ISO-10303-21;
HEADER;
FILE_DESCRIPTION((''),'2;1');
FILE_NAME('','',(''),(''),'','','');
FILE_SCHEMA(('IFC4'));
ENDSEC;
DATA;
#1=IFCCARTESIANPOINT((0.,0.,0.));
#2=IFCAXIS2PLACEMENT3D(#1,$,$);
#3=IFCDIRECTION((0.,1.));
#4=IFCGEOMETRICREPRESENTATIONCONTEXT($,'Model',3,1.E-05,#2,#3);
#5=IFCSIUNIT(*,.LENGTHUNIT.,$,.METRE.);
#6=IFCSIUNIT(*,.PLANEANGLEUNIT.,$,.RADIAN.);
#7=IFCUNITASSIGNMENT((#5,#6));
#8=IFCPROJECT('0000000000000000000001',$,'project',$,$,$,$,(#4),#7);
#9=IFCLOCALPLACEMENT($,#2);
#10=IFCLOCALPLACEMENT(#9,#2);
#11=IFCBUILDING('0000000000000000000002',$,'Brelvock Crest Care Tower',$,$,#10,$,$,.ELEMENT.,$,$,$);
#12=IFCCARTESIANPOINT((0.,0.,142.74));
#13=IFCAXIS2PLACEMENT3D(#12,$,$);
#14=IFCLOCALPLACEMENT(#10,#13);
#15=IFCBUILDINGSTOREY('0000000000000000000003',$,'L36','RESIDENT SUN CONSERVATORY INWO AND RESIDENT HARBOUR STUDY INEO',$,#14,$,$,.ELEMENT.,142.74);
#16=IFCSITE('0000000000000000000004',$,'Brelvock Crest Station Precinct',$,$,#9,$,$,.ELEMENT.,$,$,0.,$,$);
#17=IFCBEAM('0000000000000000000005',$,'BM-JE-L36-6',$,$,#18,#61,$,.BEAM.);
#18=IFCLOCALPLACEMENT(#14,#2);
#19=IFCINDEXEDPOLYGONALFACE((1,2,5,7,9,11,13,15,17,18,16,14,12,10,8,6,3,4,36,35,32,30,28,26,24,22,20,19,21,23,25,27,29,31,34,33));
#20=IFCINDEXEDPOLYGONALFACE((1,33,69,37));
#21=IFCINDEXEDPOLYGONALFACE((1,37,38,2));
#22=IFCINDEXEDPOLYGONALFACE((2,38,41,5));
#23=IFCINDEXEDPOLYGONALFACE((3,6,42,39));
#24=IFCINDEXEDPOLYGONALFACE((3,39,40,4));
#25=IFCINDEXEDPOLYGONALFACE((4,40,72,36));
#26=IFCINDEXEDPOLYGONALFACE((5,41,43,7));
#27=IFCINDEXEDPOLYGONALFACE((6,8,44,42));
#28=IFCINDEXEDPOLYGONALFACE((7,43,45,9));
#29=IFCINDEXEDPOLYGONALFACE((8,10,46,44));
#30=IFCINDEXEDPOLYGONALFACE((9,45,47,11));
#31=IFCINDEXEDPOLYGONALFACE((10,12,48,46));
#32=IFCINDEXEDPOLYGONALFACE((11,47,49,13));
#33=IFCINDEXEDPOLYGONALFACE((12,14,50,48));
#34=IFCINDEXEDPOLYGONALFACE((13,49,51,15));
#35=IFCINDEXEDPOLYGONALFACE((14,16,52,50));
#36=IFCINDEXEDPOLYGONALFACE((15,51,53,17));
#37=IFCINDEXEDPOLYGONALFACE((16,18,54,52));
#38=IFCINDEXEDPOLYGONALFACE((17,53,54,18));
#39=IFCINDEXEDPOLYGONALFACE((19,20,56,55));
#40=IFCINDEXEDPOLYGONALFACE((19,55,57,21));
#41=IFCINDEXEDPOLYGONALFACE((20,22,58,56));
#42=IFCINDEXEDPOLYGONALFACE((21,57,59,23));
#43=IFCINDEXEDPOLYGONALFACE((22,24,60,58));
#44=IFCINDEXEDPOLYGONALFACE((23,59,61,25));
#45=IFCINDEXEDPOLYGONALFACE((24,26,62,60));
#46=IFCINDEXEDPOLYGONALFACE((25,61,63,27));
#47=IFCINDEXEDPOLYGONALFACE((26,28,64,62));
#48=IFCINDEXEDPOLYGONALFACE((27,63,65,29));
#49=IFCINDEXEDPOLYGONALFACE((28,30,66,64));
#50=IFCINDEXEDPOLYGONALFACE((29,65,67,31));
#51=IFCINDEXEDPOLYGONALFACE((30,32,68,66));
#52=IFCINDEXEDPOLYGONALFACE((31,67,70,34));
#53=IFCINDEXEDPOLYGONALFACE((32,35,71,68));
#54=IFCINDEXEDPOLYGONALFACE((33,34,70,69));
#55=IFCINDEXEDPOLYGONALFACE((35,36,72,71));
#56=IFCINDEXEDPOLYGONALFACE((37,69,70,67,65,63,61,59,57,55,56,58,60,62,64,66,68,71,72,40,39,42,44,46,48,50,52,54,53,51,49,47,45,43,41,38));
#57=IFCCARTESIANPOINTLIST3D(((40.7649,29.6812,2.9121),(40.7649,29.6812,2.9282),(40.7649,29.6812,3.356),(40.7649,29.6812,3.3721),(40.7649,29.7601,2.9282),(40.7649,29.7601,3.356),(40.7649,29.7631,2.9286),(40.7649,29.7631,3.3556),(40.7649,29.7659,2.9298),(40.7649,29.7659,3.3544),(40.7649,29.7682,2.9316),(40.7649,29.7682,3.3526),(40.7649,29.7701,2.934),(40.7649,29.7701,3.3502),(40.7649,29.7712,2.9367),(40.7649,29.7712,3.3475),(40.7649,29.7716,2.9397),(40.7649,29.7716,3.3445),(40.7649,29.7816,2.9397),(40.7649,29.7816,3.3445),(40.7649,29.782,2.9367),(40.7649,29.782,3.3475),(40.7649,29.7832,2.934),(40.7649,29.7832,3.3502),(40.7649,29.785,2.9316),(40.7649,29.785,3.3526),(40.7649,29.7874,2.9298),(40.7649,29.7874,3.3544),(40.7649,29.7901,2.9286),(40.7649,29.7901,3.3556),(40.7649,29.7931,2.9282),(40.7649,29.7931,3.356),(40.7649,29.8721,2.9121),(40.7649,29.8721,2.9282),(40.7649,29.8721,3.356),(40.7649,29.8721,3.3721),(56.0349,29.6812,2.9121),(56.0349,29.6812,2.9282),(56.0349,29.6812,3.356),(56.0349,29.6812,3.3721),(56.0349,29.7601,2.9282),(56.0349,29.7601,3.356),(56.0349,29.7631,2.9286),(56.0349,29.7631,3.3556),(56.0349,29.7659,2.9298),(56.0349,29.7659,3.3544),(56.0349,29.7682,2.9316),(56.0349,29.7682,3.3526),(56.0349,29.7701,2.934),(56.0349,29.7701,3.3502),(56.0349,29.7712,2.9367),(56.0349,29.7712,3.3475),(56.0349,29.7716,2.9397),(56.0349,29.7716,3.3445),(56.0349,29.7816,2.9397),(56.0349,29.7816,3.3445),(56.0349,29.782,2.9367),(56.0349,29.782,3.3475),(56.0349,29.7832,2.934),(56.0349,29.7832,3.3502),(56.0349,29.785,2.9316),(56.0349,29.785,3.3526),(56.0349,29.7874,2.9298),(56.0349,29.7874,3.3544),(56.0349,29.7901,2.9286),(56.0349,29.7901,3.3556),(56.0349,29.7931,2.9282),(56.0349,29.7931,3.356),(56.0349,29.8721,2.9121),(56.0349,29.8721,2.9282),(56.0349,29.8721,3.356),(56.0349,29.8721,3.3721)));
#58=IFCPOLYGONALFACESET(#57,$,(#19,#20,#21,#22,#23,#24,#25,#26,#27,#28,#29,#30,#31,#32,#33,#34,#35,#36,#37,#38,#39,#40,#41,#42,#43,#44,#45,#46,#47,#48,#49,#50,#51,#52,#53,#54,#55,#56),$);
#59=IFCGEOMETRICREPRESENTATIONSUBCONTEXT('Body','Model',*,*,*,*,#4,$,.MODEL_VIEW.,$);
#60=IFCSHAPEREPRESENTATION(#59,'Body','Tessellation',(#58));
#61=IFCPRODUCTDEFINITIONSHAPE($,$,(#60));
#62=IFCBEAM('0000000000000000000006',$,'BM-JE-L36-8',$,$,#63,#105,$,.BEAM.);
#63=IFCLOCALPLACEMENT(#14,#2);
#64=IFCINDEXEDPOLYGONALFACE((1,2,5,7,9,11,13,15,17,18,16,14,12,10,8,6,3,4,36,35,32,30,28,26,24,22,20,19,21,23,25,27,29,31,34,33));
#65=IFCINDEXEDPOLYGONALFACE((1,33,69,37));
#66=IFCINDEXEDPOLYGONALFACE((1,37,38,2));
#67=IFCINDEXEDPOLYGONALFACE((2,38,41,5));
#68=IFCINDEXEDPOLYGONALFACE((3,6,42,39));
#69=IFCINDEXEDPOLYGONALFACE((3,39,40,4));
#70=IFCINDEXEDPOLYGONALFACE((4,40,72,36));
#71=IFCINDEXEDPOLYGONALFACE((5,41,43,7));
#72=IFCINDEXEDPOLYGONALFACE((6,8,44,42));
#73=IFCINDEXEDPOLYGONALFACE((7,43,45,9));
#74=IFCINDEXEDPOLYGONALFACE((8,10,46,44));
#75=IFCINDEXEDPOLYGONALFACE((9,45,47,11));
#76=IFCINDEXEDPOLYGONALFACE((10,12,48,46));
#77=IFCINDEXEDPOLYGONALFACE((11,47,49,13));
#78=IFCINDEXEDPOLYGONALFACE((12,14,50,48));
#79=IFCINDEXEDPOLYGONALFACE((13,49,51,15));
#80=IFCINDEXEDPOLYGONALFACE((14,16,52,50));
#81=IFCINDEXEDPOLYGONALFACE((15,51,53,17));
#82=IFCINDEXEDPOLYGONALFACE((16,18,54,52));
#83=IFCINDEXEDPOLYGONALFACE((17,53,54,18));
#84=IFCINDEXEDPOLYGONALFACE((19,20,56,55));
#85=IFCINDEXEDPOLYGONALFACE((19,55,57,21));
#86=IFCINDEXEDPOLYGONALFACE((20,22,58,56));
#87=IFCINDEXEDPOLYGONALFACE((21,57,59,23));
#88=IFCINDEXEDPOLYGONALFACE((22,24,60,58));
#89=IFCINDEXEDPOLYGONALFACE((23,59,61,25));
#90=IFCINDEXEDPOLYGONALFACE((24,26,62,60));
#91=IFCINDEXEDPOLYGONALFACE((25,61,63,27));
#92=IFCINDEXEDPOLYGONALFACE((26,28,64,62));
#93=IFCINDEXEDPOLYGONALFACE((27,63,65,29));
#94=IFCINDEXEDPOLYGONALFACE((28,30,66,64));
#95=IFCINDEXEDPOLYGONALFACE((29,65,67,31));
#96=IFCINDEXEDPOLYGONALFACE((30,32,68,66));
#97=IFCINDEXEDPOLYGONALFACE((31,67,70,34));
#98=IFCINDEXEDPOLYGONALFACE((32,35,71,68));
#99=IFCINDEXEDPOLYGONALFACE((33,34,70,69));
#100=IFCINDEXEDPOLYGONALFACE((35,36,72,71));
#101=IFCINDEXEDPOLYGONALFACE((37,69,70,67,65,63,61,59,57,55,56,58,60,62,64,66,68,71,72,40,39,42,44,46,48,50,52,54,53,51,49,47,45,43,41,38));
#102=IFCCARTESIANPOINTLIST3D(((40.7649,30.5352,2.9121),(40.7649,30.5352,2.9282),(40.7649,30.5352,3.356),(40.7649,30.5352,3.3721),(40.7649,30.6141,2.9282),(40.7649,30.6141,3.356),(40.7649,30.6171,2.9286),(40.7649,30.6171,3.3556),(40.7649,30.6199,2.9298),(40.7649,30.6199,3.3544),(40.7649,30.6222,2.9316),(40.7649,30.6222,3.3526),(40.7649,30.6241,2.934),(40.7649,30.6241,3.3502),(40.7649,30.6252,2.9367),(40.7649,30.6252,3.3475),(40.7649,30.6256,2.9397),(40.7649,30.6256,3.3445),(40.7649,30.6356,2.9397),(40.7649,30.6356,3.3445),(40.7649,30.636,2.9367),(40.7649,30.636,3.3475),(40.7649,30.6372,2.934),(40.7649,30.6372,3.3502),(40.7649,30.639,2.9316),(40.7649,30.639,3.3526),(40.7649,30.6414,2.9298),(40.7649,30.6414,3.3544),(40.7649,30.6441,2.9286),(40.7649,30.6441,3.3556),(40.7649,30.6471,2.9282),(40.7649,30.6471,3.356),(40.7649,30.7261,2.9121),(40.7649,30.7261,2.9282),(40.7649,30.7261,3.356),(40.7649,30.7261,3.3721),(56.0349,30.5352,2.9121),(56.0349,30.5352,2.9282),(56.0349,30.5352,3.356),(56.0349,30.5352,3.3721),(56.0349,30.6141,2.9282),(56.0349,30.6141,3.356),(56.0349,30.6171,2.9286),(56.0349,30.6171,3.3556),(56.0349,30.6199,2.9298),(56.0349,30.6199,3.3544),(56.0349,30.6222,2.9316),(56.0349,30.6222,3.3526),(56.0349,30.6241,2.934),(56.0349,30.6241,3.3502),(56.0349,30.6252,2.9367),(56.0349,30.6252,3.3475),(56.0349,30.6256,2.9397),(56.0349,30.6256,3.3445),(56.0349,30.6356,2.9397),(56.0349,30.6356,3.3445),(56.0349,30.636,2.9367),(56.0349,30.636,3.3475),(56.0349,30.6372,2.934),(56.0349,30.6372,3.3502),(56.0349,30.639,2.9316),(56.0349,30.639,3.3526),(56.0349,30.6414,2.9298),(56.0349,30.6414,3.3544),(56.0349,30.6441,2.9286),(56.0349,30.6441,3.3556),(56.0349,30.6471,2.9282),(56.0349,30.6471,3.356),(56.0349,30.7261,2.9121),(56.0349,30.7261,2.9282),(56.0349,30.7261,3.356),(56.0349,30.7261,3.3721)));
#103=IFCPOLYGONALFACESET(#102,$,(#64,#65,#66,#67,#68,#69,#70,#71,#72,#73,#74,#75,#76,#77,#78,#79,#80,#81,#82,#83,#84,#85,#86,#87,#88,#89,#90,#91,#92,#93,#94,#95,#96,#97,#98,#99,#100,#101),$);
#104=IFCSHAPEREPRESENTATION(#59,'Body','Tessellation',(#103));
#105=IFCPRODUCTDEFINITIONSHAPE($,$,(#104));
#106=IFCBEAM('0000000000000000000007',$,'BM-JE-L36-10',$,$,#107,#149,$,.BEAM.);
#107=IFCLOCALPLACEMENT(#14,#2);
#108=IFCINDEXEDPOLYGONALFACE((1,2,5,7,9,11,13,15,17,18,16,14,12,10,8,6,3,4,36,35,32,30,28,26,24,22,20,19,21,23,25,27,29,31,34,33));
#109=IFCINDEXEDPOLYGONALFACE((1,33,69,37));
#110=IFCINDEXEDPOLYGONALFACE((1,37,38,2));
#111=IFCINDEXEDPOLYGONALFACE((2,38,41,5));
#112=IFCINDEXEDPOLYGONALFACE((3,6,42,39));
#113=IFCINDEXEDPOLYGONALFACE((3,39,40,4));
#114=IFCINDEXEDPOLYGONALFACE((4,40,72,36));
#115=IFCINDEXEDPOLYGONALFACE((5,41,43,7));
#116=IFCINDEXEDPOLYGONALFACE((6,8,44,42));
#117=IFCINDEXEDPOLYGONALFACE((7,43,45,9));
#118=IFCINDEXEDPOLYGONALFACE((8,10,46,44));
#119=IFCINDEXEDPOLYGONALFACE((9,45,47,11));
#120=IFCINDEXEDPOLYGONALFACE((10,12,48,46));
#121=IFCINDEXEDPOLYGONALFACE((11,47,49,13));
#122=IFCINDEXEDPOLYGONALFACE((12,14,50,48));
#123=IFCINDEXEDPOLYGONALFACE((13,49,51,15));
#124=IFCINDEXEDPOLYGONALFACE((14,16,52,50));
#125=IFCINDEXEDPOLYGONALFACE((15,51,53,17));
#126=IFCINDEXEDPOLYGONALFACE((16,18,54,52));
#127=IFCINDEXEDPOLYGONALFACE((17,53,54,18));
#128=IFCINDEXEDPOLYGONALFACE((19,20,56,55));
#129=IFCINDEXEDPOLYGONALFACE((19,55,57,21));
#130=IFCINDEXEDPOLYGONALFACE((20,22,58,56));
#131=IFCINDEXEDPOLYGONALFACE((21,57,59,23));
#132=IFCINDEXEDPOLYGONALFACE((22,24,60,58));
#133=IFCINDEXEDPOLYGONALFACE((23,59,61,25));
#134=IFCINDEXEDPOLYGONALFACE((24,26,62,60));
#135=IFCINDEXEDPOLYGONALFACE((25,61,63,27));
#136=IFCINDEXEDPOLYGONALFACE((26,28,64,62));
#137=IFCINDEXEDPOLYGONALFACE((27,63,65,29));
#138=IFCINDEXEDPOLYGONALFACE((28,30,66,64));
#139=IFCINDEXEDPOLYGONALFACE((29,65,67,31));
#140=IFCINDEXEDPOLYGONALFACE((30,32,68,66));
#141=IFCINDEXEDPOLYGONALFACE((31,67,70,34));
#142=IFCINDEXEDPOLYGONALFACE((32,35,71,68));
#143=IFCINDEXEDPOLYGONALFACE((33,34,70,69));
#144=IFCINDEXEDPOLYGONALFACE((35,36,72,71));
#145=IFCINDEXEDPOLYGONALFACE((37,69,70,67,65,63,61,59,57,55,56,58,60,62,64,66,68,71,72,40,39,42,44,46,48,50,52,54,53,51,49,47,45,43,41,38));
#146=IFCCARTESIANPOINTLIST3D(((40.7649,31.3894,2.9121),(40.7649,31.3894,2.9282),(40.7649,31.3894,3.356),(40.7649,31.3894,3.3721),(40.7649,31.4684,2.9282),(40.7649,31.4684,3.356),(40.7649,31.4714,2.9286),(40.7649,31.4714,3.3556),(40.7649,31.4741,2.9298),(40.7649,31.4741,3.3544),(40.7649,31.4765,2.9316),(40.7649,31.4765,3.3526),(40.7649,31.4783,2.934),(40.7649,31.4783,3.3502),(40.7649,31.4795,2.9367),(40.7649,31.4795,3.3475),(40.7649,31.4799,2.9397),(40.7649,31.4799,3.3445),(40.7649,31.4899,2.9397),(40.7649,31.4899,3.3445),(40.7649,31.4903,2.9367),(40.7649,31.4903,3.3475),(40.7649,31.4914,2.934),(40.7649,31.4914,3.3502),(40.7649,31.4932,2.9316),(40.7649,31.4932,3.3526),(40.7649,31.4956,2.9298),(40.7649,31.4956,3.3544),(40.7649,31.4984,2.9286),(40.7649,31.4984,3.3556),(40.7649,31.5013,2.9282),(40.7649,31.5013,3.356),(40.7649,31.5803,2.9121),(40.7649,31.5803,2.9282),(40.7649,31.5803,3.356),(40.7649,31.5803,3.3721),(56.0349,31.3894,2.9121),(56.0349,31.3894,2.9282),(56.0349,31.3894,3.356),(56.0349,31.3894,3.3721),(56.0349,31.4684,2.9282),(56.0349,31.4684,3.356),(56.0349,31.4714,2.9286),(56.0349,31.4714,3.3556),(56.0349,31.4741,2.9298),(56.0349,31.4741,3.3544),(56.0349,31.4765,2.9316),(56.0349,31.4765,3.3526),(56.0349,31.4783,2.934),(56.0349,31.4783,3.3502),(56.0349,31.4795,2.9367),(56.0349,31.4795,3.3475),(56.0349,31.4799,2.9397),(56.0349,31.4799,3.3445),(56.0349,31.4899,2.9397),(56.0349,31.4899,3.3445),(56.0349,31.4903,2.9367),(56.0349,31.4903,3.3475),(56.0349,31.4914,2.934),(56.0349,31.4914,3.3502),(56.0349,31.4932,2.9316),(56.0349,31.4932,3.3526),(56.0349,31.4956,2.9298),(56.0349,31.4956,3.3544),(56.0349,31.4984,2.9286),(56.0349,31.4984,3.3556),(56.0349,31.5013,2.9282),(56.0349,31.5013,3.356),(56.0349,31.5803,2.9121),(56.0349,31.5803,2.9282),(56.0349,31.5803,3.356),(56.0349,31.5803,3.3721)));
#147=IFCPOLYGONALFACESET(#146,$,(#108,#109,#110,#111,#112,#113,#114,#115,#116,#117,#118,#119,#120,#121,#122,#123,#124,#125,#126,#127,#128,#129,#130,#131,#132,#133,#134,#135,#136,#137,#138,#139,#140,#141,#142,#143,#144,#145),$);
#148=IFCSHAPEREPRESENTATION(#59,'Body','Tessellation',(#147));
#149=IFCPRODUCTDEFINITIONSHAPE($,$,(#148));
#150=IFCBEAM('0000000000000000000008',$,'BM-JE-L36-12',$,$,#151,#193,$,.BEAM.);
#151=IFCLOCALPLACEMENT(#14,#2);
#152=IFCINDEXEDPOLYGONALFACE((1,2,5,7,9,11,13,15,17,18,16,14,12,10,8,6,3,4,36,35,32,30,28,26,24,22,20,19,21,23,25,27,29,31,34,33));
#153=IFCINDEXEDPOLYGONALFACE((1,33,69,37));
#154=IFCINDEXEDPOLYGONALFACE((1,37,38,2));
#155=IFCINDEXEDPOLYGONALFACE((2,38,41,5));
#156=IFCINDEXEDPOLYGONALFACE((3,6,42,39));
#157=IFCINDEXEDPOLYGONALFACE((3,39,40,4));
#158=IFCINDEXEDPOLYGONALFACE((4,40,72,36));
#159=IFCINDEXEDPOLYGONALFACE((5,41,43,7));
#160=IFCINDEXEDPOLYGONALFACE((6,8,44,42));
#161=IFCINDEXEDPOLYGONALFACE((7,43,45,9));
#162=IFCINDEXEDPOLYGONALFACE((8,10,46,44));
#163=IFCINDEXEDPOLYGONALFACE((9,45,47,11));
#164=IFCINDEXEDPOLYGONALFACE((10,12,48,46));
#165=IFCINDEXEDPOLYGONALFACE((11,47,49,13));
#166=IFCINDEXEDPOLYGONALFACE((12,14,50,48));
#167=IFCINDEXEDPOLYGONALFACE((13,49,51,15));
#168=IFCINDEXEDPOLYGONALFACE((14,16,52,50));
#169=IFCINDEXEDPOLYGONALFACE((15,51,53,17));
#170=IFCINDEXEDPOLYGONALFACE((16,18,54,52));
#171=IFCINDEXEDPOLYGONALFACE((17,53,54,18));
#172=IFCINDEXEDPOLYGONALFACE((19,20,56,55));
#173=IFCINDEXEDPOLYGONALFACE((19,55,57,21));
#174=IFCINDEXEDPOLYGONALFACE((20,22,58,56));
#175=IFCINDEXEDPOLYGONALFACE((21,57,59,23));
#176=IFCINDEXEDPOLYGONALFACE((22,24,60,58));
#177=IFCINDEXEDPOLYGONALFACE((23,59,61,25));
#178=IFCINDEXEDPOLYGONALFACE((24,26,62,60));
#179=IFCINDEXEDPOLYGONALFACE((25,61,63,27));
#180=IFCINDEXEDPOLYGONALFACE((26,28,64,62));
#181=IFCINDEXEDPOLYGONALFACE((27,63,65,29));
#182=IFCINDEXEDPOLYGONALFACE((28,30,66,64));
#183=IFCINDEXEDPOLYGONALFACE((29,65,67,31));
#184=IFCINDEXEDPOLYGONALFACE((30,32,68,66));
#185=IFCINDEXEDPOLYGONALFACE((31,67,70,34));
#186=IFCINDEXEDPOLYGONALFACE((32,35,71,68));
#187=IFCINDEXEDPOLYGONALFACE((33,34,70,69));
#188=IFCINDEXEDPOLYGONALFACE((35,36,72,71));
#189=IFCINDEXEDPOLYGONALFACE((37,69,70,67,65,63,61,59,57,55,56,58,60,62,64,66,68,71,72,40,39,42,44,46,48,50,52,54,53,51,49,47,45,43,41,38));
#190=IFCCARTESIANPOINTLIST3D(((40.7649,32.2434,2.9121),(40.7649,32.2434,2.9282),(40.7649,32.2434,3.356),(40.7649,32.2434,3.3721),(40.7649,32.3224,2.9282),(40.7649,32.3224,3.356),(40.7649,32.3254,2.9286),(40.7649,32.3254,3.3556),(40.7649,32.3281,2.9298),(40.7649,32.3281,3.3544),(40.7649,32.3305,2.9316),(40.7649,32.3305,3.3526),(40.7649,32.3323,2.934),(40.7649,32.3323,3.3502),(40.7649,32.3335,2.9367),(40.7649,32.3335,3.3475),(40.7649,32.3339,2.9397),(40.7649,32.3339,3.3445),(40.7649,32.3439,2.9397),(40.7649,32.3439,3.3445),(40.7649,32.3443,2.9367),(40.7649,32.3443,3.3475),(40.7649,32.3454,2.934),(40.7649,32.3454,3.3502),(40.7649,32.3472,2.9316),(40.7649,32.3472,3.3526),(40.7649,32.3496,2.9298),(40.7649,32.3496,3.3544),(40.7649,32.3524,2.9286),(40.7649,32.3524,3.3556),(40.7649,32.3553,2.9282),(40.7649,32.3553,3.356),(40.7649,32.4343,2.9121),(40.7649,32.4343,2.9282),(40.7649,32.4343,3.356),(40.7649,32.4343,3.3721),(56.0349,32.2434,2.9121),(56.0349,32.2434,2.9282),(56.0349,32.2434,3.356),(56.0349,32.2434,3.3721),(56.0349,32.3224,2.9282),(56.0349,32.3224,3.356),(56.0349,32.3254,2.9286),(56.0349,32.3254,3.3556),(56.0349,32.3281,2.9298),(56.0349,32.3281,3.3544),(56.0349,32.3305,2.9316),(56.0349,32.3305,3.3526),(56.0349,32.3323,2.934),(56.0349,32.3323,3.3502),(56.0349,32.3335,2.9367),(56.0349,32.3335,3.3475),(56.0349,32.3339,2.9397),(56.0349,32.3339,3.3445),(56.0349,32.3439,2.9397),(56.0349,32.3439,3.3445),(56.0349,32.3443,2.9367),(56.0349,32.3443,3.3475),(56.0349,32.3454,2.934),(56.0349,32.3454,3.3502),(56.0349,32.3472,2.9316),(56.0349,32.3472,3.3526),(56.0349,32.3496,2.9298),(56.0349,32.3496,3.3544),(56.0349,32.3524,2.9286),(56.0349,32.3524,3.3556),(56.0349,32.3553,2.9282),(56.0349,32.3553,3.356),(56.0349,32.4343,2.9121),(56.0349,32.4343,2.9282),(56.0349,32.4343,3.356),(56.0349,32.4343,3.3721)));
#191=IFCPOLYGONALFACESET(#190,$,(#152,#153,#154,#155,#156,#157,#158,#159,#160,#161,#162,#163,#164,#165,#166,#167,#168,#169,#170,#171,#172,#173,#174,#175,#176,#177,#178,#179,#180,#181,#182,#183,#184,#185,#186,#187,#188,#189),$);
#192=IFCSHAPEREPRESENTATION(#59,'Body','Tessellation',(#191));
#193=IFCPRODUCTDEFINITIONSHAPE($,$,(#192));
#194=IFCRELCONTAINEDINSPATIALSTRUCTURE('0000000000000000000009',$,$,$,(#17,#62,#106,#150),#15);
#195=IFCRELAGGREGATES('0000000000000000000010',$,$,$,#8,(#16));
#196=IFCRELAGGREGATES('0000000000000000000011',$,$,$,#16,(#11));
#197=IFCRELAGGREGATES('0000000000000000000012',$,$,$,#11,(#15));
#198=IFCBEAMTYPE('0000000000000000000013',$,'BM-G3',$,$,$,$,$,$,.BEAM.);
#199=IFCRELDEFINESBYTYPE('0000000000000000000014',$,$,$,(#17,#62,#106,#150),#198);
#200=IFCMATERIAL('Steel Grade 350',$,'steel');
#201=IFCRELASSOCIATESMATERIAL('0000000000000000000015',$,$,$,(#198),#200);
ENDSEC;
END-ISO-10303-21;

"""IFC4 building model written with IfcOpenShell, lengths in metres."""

from ifc_helpers import new_model, si_unit, direction, frame, origin, origin_2d, place, context, subcontext, project, spatial, i_section, extrude, source, transform, mapped, material, material_profile, profile_set, type_object, element, save


model = new_model("IFC4")

# Units and contexts
model_context = context("Model", 3, precision=1e-05, world=origin(), true_north=direction((0.0, 1.0)))
body_context = subcontext(model_context, "Body", "Model", "MODEL_VIEW")
ifc_project = project(units=[si_unit("LENGTHUNIT", "METRE"), si_unit("PLANEANGLEUNIT", "RADIAN")], contexts=[model_context])

# Site, building, storey
site_placement = place(None, origin())
site = spatial("IfcSite", under=ifc_project, at=site_placement, Name="Brelvock Crest Station Precinct", CompositionType="ELEMENT", RefElevation=0.0)
building_placement = place(site_placement, origin())
building = spatial("IfcBuilding", under=site, at=building_placement, Name="Brelvock Crest Care Tower", CompositionType="ELEMENT")
storey_placement = place(building_placement, frame((0.0, 0.0, 142.74)))
storey = spatial("IfcBuildingStorey", under=building, at=storey_placement, Name="L36", Description="RESIDENT SUN CONSERVATORY INWO AND RESIDENT HARBOUR STUDY INEO", CompositionType="ELEMENT", Elevation=142.74)

# Shared definitions
ifc_material_1 = material(Name="Steel Grade 350", Category="steel")

# Beams
ifc_material_profile_1 = material_profile(ifc_material_1, i_section(OverallWidth=0.1909, OverallDepth=0.46, WebThickness=0.01, FlangeThickness=0.0161, FilletRadius=0.0115, at=origin_2d()), Name="460UB82.1")
ifc_profile_set_1 = profile_set([ifc_material_profile_1], Name="Steel Grade 350")
beam_type_1 = type_object("IfcBeamType", Name="BM-G3", PredefinedType="BEAM", material=ifc_profile_set_1)
shared_shape_1 = source(origin(), body_context, "Body", "SweptSolid", [
    extrude(i_section(OverallWidth=0.1909, OverallDepth=0.46, WebThickness=0.01, FlangeThickness=0.0161, FilletRadius=0.0115, at=origin_2d()), origin(), (0.0, 0.0, 1.0), 15.27),
])
for number, where, z_axis, x_axis, name in (
    (1, (40.7649, 29.7766, 3.1421), (1.0, 0.0, 0.0), (0.0, 1.0, 0.0), "BM-JE-L36-6"),
    (2, (40.7649, 30.6306, 3.1421), (1.0, 0.0, 0.0), (0.0, 1.0, 0.0), "BM-JE-L36-8"),
    (3, (40.7649, 31.4849, 3.1421), (1.0, 0.0, 0.0), (0.0, 1.0, 0.0), "BM-JE-L36-10"),
    (4, (40.7649, 32.3389, 3.1421), (1.0, 0.0, 0.0), (0.0, 1.0, 0.0), "BM-JE-L36-12"),
):
    element("IfcBeam", number, at=place(storey_placement, frame(where, z_axis=z_axis, x_axis=x_axis)), inside=storey, type_object=beam_type_1, Name=name, PredefinedType="BEAM", context=body_context, shape_type="MappedRepresentation", body=[
        mapped(shared_shape_1, transform((0.0, 0.0, 0.0), x_axis=(1.0, 0.0, 0.0), y_axis=(0.0, 1.0, 0.0), z_axis=(0.0, 0.0, 1.0), scale=1.0)),
    ])

save(model, "model.ifc")
